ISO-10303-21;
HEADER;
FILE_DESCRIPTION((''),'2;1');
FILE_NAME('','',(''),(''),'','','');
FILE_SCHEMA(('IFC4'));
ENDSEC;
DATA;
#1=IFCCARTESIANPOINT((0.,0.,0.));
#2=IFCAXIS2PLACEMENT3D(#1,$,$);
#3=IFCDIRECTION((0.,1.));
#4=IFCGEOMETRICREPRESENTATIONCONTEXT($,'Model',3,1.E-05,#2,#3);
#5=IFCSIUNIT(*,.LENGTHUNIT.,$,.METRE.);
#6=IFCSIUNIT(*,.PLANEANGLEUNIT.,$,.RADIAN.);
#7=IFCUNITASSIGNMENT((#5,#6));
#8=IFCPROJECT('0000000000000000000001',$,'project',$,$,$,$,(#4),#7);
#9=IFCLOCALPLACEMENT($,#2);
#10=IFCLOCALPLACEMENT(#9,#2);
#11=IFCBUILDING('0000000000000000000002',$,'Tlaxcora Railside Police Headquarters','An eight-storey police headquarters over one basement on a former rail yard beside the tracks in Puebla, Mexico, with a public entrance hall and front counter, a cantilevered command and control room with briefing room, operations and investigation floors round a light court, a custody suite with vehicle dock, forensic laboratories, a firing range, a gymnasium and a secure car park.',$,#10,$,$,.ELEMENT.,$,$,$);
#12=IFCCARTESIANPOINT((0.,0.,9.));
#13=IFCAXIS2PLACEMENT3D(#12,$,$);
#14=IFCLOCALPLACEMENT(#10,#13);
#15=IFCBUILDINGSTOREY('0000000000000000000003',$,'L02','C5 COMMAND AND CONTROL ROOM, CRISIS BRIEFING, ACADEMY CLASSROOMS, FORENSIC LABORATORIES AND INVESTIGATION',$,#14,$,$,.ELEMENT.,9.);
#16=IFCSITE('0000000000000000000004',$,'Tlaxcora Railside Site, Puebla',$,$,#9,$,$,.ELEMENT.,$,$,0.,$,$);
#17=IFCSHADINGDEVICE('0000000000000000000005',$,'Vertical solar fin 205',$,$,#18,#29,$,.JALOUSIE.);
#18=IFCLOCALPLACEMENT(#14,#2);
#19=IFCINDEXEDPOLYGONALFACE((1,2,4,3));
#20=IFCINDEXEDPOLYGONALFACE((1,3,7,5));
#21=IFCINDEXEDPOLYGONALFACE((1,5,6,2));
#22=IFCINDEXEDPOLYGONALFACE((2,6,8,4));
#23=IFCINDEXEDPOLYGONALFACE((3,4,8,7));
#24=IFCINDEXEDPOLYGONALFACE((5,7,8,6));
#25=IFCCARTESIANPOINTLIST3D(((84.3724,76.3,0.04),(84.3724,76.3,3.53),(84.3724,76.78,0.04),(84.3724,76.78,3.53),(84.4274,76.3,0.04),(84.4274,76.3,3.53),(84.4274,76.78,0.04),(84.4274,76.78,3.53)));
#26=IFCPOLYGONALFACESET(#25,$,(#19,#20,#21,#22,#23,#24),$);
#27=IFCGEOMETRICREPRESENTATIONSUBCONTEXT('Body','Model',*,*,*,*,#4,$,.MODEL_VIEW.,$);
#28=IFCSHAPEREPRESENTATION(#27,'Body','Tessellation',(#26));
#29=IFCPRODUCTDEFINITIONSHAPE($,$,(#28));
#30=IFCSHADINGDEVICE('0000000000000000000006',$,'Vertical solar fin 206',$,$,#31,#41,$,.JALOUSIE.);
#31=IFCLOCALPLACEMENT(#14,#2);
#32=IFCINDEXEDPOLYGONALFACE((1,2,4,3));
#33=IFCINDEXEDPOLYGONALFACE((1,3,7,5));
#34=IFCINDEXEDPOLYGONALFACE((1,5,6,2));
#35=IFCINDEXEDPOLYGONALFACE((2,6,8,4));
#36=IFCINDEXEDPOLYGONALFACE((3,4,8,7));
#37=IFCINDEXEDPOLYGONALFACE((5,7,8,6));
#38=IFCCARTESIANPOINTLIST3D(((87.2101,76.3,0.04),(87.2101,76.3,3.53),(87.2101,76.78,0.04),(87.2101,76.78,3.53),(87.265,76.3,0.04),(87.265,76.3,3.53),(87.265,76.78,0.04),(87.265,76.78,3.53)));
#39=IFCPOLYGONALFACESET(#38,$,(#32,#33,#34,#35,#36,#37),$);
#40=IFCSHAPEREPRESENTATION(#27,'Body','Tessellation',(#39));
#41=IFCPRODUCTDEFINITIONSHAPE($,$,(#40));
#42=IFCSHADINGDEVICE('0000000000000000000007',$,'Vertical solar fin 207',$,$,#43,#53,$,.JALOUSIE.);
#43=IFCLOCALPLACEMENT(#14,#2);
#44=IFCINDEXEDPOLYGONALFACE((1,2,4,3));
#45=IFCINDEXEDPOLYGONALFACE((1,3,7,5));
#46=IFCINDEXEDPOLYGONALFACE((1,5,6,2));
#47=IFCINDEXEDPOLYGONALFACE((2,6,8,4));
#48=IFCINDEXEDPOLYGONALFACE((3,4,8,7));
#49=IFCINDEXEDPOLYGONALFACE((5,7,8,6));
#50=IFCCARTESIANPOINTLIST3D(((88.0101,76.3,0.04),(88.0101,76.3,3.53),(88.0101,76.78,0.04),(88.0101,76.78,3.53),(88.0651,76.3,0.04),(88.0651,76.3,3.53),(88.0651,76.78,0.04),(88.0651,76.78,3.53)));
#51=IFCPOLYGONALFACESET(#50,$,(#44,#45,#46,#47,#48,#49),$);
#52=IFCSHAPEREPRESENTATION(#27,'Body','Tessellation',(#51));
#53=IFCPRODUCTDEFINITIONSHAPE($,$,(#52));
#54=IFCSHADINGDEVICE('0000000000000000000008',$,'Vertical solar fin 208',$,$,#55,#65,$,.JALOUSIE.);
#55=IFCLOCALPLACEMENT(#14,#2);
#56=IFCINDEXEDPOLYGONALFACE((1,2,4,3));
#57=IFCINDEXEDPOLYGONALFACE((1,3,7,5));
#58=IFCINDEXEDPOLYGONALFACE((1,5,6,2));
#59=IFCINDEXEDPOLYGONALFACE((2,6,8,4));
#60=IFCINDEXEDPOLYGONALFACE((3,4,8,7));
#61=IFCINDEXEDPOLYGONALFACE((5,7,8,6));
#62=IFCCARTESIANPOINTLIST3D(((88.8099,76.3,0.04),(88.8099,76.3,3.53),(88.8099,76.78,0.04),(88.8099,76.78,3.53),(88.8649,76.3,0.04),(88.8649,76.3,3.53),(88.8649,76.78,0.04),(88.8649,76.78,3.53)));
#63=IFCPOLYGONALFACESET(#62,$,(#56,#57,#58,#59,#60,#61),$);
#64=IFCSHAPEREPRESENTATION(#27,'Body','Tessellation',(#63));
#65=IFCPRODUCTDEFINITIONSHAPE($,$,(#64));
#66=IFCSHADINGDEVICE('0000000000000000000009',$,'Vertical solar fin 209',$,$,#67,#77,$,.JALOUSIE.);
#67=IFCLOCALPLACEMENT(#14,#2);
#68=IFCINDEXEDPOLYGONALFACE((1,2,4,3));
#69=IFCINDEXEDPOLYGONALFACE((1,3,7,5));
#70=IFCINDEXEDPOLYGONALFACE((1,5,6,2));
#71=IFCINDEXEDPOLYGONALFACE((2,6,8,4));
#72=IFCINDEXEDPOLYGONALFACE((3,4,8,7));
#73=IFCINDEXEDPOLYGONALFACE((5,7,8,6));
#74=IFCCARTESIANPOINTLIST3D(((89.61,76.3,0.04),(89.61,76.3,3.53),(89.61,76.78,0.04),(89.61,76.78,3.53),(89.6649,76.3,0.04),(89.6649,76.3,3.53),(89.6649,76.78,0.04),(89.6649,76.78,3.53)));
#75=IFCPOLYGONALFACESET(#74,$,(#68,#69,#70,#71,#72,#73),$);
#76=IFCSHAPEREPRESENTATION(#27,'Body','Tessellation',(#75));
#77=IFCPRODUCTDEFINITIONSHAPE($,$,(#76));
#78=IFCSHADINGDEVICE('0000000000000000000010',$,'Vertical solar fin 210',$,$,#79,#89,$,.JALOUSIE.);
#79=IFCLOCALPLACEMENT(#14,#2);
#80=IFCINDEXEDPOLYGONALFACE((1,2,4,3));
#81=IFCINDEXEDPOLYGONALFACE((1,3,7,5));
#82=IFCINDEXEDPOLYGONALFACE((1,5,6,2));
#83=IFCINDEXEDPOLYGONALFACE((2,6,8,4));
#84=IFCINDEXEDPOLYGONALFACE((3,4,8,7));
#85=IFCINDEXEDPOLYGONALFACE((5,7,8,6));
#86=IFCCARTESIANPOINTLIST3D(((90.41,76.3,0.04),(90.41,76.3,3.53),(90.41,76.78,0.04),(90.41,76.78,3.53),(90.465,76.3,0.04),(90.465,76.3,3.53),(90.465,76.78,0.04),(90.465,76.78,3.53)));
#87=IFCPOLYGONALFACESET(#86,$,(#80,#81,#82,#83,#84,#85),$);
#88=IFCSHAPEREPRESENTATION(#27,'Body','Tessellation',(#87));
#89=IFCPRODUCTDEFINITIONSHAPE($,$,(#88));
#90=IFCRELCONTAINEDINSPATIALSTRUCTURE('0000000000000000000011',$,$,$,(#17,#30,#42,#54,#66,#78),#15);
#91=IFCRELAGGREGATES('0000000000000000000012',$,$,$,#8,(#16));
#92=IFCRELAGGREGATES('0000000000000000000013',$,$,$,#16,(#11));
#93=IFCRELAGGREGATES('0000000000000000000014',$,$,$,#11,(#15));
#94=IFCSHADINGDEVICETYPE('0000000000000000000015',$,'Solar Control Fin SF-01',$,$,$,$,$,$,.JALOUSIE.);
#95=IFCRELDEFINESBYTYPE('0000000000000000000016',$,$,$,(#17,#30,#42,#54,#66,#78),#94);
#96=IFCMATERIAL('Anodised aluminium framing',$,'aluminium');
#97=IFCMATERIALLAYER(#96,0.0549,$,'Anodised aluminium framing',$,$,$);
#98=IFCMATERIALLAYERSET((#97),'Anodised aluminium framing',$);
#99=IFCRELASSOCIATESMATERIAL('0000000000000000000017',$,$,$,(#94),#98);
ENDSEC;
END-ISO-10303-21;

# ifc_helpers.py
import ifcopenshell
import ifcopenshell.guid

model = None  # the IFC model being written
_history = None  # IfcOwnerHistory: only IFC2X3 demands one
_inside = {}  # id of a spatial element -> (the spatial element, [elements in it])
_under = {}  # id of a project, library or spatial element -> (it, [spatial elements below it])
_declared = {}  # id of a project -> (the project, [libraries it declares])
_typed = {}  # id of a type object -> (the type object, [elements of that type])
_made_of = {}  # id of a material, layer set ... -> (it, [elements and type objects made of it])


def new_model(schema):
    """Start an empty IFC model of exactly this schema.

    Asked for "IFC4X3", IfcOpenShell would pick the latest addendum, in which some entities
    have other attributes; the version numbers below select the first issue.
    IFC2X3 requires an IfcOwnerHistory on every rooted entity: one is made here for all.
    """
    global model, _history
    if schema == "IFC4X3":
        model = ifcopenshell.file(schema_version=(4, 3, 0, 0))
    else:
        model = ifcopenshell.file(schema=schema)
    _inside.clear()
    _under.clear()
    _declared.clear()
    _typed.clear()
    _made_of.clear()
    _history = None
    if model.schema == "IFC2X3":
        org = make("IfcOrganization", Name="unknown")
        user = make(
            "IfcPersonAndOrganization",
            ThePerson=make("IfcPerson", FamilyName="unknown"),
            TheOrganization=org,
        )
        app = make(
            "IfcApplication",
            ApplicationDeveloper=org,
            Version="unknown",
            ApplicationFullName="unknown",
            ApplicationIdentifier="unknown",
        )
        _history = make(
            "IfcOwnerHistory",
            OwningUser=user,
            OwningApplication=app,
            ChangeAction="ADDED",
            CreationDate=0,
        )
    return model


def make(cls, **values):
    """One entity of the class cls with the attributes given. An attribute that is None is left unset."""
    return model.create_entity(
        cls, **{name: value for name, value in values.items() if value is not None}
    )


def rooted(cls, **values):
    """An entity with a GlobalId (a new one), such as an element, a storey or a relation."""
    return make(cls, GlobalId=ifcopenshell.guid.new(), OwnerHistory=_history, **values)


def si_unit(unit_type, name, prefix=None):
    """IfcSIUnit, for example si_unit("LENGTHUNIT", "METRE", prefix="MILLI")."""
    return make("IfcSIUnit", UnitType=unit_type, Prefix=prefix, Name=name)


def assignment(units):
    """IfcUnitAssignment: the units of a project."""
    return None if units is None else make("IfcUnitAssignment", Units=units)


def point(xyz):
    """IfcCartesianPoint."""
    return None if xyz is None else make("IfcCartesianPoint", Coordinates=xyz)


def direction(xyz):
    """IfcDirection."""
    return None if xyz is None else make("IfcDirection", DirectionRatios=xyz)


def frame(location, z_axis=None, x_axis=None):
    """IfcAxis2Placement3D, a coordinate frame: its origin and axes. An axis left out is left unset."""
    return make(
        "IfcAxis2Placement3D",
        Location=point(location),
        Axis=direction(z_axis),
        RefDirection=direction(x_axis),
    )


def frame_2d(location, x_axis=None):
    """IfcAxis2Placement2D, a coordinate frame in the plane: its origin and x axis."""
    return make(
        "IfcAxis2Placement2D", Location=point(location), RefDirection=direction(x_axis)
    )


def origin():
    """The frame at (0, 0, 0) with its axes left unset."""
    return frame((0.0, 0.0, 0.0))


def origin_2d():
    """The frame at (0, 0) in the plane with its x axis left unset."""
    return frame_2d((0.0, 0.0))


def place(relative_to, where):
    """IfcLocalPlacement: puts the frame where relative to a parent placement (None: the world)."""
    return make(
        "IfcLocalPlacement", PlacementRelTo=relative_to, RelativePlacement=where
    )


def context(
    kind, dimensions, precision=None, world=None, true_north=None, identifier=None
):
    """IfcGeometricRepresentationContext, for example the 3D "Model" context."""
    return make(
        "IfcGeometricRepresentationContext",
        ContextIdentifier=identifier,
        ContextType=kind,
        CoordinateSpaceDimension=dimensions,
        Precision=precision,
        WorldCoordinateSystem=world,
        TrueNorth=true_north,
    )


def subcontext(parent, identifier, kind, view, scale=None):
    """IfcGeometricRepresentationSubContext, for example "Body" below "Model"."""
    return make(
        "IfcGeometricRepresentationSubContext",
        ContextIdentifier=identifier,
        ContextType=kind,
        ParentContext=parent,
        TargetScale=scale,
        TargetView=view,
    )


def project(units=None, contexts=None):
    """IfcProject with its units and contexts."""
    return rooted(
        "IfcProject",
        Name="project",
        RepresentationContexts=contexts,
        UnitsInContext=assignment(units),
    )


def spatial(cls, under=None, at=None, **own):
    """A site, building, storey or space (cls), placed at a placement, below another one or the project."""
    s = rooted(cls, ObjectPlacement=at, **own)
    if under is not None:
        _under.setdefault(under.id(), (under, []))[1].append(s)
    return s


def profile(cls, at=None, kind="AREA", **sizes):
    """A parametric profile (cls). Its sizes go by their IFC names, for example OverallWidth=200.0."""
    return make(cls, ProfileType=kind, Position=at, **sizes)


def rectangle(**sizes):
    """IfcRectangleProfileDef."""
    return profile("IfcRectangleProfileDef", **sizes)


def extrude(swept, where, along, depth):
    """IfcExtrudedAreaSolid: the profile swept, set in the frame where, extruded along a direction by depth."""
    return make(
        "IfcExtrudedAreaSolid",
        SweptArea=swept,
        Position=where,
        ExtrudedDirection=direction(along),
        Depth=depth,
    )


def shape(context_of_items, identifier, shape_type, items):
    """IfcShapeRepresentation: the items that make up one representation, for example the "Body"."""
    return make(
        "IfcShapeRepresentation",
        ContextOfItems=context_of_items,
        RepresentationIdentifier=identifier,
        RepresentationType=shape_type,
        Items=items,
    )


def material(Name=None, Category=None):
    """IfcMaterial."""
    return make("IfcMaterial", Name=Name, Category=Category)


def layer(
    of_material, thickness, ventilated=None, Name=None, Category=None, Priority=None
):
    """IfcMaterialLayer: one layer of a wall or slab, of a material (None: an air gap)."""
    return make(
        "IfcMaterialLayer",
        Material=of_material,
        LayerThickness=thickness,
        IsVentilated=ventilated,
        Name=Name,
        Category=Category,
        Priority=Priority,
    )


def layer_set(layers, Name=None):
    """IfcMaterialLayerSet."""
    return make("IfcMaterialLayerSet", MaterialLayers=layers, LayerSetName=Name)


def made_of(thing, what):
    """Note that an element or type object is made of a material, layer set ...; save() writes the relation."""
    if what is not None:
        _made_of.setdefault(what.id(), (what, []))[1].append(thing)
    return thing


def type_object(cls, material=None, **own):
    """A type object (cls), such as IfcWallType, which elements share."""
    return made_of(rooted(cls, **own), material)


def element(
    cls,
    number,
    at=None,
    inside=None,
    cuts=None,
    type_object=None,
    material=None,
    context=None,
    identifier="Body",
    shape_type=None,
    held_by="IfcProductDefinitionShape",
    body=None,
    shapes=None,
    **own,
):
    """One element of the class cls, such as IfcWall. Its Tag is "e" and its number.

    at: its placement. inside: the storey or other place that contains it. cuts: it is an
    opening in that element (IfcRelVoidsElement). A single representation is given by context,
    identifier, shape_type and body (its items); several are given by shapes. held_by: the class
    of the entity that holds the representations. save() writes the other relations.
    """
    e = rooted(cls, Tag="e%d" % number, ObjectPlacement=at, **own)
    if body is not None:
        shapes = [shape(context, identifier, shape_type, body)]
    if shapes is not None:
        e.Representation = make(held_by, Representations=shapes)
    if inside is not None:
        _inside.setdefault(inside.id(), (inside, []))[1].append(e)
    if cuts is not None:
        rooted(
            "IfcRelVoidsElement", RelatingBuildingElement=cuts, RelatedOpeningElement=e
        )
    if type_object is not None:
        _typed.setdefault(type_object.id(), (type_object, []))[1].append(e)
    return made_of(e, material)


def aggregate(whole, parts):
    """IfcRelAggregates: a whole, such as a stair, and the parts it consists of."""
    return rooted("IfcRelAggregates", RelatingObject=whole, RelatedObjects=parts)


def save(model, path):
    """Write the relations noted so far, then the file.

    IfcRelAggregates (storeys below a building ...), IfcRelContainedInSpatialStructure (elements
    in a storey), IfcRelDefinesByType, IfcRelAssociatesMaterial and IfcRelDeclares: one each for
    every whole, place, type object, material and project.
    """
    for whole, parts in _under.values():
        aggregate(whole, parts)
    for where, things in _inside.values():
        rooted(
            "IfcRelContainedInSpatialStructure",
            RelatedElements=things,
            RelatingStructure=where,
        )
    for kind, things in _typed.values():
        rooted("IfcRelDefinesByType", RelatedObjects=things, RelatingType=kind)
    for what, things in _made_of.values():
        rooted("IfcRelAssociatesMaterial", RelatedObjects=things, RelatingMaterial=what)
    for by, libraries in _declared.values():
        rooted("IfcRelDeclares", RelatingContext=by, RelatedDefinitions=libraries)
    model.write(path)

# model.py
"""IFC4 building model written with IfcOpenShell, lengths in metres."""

from ifc_helpers import new_model, si_unit, direction, frame, origin, origin_2d, place, context, subcontext, project, spatial, rectangle, extrude, material, layer, layer_set, type_object, element, save


model = new_model("IFC4")

# Units and contexts
model_context = context("Model", 3, precision=1e-05, world=origin(), true_north=direction((0.0, 1.0)))
body_context = subcontext(model_context, "Body", "Model", "MODEL_VIEW")
ifc_project = project(units=[si_unit("LENGTHUNIT", "METRE"), si_unit("PLANEANGLEUNIT", "RADIAN")], contexts=[model_context])

# Site, building, storey
site_placement = place(None, origin())
site = spatial("IfcSite", under=ifc_project, at=site_placement, Name="Tlaxcora Railside Site, Puebla", CompositionType="ELEMENT", RefElevation=0.0)
building_placement = place(site_placement, origin())
building = spatial("IfcBuilding", under=site, at=building_placement, Name="Tlaxcora Railside Police Headquarters", Description="An eight-storey police headquarters over one basement on a former rail yard beside the tracks in Puebla, Mexico, with a public entrance hall and front counter, a cantilevered command and control room with briefing room, operations and investigation floors round a light court, a custody suite with vehicle dock, forensic laboratories, a firing range, a gymnasium and a secure car park.", CompositionType="ELEMENT")
storey_placement = place(building_placement, frame((0.0, 0.0, 9.0)))
storey = spatial("IfcBuildingStorey", under=building, at=storey_placement, Name="L02", Description="C5 COMMAND AND CONTROL ROOM, CRISIS BRIEFING, ACADEMY CLASSROOMS, FORENSIC LABORATORIES AND INVESTIGATION", CompositionType="ELEMENT", Elevation=9.0)

# Shared definitions
ifc_material_1 = material(Name="Anodised aluminium framing", Category="aluminium")

# Shading devices
ifc_layer_1 = layer(ifc_material_1, 0.0549, Name="Anodised aluminium framing")
ifc_layer_set_1 = layer_set([ifc_layer_1], Name="Anodised aluminium framing")
shading_device_type = type_object("IfcShadingDeviceType", Name="Solar Control Fin SF-01", PredefinedType="JALOUSIE", material=ifc_layer_set_1)
for number, where, z_axis, x_axis, name in (
    (1, (84.3999, 76.54, 0.04), (0.0, 0.0, 1.0), (0.0, -1.0, 0.0), "Vertical solar fin 205"),
    (2, (87.2375, 76.54, 0.04), (0.0, 0.0, 1.0), (0.0, -1.0, 0.0), "Vertical solar fin 206"),
    (3, (88.0376, 76.54, 0.04), (0.0, 0.0, 1.0), (0.0, -1.0, 0.0), "Vertical solar fin 207"),
    (4, (88.8374, 76.54, 0.04), (0.0, 0.0, 1.0), (0.0, -1.0, 0.0), "Vertical solar fin 208"),
    (5, (89.6375, 76.54, 0.04), (0.0, 0.0, 1.0), (0.0, -1.0, 0.0), "Vertical solar fin 209"),
    (6, (90.4375, 76.54, 0.04), (0.0, 0.0, 1.0), (0.0, -1.0, 0.0), "Vertical solar fin 210"),
):
    element("IfcShadingDevice", number, at=place(storey_placement, frame(where, z_axis=z_axis, x_axis=x_axis)), inside=storey, type_object=shading_device_type, Name=name, PredefinedType="JALOUSIE", context=body_context, shape_type="SweptSolid", body=[
        extrude(rectangle(XDim=0.48, YDim=0.0549, at=origin_2d()), origin(), (0.0, 0.0, 1.0), 3.49),
    ])

save(model, "model.ifc")
